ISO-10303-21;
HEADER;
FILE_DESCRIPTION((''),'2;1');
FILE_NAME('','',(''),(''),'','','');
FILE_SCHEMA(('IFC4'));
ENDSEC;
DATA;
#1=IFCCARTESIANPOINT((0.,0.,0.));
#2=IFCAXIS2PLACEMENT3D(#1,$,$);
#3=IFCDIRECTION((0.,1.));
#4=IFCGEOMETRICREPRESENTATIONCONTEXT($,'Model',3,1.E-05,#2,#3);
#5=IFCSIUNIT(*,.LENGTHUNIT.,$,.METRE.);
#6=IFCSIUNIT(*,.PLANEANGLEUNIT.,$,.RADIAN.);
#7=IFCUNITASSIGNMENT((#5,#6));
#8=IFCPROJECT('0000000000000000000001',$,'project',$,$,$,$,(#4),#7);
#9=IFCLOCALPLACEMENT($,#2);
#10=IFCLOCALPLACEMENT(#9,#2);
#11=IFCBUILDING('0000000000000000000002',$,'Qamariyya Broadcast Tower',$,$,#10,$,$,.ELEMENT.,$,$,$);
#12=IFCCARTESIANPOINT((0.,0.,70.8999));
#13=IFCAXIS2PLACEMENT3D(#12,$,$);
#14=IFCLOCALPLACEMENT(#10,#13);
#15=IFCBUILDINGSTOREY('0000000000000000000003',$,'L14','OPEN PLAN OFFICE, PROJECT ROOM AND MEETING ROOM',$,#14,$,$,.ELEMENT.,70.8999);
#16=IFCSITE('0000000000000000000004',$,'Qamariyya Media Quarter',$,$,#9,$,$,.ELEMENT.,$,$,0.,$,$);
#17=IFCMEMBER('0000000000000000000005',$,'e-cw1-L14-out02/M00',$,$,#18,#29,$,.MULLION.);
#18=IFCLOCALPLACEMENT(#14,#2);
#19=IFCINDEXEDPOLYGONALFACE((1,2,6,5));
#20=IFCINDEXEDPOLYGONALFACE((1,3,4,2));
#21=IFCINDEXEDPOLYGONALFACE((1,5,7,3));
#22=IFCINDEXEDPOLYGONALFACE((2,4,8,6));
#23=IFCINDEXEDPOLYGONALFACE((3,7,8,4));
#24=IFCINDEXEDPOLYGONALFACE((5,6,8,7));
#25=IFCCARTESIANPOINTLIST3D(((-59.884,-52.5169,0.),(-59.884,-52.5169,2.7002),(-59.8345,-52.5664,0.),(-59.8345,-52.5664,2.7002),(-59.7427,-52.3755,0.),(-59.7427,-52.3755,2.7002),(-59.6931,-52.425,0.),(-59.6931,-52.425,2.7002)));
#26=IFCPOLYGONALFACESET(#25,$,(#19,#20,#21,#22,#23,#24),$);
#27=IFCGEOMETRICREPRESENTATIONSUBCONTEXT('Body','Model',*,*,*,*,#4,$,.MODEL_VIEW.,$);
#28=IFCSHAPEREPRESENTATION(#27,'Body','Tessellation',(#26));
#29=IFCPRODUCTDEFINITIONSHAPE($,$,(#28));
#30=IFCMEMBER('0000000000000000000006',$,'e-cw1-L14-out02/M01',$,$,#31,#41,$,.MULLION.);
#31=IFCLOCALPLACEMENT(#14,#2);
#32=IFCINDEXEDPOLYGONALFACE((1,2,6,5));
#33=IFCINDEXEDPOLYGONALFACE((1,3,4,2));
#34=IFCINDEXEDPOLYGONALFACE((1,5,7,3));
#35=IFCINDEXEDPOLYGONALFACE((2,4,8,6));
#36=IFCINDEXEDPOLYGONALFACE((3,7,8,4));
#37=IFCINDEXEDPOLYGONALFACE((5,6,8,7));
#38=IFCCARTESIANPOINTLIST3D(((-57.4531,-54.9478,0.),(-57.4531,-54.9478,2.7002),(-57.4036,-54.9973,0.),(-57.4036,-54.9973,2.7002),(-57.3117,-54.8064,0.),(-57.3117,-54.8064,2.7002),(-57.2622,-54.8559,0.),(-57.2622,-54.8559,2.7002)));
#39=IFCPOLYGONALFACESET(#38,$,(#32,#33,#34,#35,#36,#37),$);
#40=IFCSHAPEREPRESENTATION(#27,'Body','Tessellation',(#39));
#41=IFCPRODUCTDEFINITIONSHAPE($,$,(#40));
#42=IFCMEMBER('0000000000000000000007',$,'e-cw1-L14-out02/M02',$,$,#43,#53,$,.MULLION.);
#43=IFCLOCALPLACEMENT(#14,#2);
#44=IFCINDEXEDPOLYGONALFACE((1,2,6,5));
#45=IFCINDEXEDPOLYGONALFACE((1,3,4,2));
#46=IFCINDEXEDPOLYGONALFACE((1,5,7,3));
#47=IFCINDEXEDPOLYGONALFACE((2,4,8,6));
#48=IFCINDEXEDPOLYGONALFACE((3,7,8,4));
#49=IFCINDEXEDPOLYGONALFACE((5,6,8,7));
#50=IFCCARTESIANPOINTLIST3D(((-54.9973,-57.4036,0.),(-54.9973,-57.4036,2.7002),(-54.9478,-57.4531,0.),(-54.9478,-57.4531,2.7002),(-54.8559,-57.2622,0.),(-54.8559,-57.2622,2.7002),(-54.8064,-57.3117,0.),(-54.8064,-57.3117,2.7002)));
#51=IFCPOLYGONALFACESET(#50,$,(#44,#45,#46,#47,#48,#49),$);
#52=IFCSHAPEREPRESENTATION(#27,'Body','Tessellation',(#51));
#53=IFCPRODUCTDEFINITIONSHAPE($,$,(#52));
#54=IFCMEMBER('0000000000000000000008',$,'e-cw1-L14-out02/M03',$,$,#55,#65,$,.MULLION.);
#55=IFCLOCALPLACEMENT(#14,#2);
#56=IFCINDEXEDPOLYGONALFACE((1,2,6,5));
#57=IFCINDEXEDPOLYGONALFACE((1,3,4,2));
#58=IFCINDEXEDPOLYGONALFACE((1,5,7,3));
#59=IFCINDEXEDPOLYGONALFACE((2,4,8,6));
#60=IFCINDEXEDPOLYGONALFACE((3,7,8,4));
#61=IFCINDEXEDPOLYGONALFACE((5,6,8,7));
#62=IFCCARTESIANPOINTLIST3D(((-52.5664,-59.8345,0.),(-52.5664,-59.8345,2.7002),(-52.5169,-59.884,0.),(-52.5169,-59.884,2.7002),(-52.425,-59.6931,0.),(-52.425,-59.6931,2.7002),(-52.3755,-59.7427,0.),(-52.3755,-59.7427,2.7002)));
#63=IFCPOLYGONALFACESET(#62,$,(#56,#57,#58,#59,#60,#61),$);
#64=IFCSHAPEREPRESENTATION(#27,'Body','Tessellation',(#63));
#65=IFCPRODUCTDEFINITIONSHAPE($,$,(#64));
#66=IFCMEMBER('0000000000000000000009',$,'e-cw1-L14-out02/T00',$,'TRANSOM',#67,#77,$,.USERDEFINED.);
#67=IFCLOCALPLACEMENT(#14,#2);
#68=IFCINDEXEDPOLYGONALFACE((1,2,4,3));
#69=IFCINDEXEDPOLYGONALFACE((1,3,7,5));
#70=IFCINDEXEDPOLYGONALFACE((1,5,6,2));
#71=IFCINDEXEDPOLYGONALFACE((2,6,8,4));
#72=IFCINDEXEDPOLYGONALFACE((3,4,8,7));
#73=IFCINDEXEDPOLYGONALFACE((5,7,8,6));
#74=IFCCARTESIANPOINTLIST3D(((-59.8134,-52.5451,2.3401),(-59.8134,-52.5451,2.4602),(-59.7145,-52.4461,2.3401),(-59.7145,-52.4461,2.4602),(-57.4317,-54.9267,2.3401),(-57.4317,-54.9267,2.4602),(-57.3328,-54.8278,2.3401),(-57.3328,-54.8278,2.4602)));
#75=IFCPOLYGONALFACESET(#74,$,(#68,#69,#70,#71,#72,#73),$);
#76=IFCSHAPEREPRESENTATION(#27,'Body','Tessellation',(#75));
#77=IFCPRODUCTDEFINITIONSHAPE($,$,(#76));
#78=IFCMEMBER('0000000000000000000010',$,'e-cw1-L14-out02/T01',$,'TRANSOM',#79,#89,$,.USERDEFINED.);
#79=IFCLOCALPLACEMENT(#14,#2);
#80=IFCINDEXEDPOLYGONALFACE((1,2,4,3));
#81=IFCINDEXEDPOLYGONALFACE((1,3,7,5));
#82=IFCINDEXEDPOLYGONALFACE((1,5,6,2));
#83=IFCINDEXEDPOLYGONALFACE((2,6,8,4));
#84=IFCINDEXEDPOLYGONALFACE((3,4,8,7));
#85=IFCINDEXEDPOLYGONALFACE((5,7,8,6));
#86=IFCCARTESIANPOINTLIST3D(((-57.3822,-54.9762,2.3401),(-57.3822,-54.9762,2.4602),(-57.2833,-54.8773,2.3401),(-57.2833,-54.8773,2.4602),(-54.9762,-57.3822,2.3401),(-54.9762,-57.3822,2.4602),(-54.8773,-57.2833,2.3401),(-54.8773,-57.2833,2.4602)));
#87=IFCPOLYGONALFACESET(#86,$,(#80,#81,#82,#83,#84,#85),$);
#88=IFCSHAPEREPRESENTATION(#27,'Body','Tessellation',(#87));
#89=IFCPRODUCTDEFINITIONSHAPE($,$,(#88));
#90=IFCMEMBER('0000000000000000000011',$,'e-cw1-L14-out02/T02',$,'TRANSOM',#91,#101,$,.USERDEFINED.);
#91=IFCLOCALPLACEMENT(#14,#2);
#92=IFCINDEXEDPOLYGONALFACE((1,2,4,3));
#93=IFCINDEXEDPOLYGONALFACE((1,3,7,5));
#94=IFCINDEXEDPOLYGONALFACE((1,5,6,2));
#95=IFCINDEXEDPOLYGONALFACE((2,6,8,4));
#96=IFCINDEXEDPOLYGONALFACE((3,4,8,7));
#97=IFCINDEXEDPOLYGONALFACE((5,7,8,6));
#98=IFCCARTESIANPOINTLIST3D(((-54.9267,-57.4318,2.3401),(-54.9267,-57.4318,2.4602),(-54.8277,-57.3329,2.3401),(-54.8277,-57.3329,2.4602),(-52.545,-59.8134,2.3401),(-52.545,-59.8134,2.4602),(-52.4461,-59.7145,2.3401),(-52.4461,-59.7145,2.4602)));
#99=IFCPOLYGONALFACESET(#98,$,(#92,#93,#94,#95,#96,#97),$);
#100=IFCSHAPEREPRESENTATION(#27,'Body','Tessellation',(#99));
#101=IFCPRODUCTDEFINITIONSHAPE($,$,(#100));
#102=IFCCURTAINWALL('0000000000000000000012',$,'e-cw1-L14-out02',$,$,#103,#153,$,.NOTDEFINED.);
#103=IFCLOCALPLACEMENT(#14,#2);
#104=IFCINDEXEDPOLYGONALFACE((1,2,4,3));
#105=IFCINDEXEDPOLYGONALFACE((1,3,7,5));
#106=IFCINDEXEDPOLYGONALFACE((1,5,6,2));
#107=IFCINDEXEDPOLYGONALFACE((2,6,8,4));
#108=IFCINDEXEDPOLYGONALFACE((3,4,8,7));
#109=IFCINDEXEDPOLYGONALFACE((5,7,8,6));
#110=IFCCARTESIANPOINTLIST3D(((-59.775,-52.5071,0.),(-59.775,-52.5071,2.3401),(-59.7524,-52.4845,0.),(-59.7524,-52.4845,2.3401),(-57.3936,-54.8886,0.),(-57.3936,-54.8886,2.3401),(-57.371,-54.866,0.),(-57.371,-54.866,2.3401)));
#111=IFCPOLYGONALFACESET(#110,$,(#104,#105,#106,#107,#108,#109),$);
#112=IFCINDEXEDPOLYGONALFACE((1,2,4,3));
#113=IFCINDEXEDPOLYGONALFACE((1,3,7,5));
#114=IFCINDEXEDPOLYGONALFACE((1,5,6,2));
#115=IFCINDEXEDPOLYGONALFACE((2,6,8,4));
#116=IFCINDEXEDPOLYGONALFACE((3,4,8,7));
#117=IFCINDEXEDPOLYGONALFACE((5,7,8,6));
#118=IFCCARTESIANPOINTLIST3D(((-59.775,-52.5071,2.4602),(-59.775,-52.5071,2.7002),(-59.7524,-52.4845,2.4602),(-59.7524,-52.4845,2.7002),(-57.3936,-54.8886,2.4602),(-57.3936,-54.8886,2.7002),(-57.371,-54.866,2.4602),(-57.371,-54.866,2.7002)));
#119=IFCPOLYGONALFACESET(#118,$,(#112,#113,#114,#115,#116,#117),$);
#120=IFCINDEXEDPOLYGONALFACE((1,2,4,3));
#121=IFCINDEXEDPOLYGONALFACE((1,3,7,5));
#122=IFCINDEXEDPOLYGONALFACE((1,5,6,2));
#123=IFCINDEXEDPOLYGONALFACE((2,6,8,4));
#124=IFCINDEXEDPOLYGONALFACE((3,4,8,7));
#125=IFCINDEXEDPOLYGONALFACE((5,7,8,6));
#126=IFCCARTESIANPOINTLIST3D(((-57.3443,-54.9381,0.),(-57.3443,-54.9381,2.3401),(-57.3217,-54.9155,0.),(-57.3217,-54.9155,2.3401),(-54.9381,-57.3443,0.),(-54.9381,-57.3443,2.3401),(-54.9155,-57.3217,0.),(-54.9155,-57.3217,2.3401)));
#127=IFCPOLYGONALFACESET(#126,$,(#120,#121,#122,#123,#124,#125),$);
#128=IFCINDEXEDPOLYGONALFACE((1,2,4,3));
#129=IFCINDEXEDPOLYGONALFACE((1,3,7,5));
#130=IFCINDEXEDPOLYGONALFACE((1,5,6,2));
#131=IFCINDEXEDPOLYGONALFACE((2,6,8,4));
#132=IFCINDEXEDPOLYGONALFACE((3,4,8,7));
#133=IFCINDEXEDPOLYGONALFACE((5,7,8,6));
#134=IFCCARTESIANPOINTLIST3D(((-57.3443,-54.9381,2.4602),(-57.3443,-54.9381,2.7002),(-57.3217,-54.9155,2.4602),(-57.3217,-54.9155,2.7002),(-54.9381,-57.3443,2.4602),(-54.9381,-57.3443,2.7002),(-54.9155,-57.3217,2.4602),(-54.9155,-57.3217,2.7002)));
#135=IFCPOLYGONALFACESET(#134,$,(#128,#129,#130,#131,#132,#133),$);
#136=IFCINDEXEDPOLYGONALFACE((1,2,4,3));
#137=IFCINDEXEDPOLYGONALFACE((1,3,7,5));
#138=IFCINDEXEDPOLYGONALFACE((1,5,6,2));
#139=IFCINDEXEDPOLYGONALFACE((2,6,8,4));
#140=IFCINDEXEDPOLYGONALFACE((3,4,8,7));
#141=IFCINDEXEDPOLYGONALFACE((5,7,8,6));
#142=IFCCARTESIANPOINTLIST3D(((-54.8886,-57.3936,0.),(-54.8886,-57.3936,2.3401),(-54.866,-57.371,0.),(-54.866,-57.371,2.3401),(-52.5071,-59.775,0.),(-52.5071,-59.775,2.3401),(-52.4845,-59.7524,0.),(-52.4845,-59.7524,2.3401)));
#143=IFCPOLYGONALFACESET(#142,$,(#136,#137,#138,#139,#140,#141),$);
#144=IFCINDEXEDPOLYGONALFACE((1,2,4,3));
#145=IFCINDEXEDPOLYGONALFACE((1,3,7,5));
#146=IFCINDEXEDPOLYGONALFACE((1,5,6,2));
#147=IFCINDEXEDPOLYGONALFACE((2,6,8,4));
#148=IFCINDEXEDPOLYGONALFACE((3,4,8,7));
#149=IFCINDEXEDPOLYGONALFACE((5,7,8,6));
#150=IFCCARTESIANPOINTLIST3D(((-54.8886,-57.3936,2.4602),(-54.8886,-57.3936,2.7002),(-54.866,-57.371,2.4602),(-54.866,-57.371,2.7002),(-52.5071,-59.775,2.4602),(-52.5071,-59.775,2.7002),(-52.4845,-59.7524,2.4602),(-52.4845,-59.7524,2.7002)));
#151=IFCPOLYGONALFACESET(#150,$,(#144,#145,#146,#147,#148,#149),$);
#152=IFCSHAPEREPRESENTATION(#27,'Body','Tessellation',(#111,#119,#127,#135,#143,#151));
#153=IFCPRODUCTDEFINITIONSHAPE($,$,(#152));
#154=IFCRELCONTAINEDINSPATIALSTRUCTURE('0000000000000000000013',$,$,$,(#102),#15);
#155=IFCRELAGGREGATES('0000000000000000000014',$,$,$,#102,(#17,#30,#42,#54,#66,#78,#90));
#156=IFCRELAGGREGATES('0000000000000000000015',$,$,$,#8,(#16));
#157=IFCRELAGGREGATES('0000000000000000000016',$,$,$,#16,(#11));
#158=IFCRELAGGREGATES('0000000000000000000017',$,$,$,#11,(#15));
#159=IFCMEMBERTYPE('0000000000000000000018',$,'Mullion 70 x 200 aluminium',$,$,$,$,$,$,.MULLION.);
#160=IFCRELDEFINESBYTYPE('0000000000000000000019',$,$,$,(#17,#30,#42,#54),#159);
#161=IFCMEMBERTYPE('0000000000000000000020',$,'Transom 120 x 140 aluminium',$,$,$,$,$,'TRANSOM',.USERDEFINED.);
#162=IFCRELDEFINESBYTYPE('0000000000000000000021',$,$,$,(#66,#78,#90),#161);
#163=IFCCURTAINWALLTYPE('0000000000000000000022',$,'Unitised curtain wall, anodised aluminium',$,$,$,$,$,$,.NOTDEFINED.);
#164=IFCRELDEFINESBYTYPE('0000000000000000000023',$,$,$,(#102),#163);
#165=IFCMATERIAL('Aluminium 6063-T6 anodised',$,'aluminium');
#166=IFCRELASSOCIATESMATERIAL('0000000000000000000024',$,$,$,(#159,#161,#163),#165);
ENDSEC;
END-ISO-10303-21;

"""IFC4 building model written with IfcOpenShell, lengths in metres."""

from ifc_helpers import new_model, si_unit, direction, frame, origin, origin_2d, place, context, subcontext, project, spatial, rectangle, extrude, material, material_profile, profile_set, type_object, element, aggregate, save


model = new_model("IFC4")

# Units and contexts
model_context = context("Model", 3, precision=1e-05, world=origin(), true_north=direction((0.0, 1.0)))
body_context = subcontext(model_context, "Body", "Model", "MODEL_VIEW")
ifc_project = project(units=[si_unit("LENGTHUNIT", "METRE"), si_unit("PLANEANGLEUNIT", "RADIAN")], contexts=[model_context])

# Members
ifc_material_1 = material(Name="Aluminium 6063-T6 anodised", Category="aluminium")
ifc_material_profile_1 = material_profile(ifc_material_1, rectangle(XDim=0.2, YDim=0.0701, at=origin_2d()))
ifc_profile_set_1 = profile_set([ifc_material_profile_1], Name="Aluminium 6063-T6 anodised")
member_type_1 = type_object("IfcMemberType", Name="Mullion 70 x 200 aluminium", PredefinedType="MULLION", material=ifc_profile_set_1)
site_placement = place(None, origin())
building_placement = place(site_placement, origin())
storey_placement = place(building_placement, frame((0.0, 0.0, 70.8999)))
member_1_placement = place(storey_placement, frame((-59.7886, -52.4709, 0.0), z_axis=(0.0, 0.0, 1.0), x_axis=(0.707107, 0.707107, 0.0)))
member_1 = element("IfcMember", 1, at=member_1_placement, type_object=member_type_1, Name="e-cw1-L14-out02/M00", PredefinedType="MULLION", context=body_context, shape_type="SweptSolid", body=[
    extrude(rectangle(XDim=0.2, YDim=0.0701, at=origin_2d()), origin(), (0.0, 0.0, 1.0), 2.7002),
])
member_2_placement = place(storey_placement, frame((-57.3577, -54.9019, 0.0), z_axis=(0.0, 0.0, 1.0), x_axis=(0.707107, 0.707107, 0.0)))
member_2 = element("IfcMember", 2, at=member_2_placement, type_object=member_type_1, Name="e-cw1-L14-out02/M01", PredefinedType="MULLION", context=body_context, shape_type="SweptSolid", body=[
    extrude(rectangle(XDim=0.2, YDim=0.0701, at=origin_2d()), origin(), (0.0, 0.0, 1.0), 2.7002),
])
member_3_placement = place(storey_placement, frame((-54.9019, -57.3577, 0.0), z_axis=(0.0, 0.0, 1.0), x_axis=(0.707107, 0.707107, 0.0)))
member_3 = element("IfcMember", 3, at=member_3_placement, type_object=member_type_1, Name="e-cw1-L14-out02/M02", PredefinedType="MULLION", context=body_context, shape_type="SweptSolid", body=[
    extrude(rectangle(XDim=0.2, YDim=0.0701, at=origin_2d()), origin(), (0.0, 0.0, 1.0), 2.7002),
])
member_4_placement = place(storey_placement, frame((-52.4709, -59.7886, 0.0), z_axis=(0.0, 0.0, 1.0), x_axis=(0.707107, 0.707107, 0.0)))
member_4 = element("IfcMember", 4, at=member_4_placement, type_object=member_type_1, Name="e-cw1-L14-out02/M03", PredefinedType="MULLION", context=body_context, shape_type="SweptSolid", body=[
    extrude(rectangle(XDim=0.2, YDim=0.0701, at=origin_2d()), origin(), (0.0, 0.0, 1.0), 2.7002),
])
ifc_material_profile_2 = material_profile(ifc_material_1, rectangle(XDim=0.1399, YDim=0.1201, at=origin_2d()))
ifc_profile_set_2 = profile_set([ifc_material_profile_2], Name="Aluminium 6063-T6 anodised")
member_type_2 = type_object("IfcMemberType", Name="Transom 120 x 140 aluminium", ElementType="TRANSOM", PredefinedType="USERDEFINED", material=ifc_profile_set_2)
member_5_placement = place(storey_placement, frame((-59.7639, -52.4956, 2.4001), z_axis=(0.707107, -0.707107, 0.0), x_axis=(0.707107, 0.707107, 0.0)))
member_5 = element("IfcMember", 5, at=member_5_placement, type_object=member_type_2, Name="e-cw1-L14-out02/T00", ObjectType="TRANSOM", PredefinedType="USERDEFINED", context=body_context, shape_type="SweptSolid", body=[
    extrude(rectangle(XDim=0.1399, YDim=0.1201, at=origin_2d()), origin(), (0.0, 0.0, 1.0), 3.3682),
])
member_6_placement = place(storey_placement, frame((-57.3328, -54.9268, 2.4001), z_axis=(0.707107, -0.707107, 0.0), x_axis=(0.707107, 0.707107, 0.0)))
member_6 = element("IfcMember", 6, at=member_6_placement, type_object=member_type_2, Name="e-cw1-L14-out02/T01", ObjectType="TRANSOM", PredefinedType="USERDEFINED", context=body_context, shape_type="SweptSolid", body=[
    extrude(rectangle(XDim=0.1399, YDim=0.1201, at=origin_2d()), origin(), (0.0, 0.0, 1.0), 3.4026),
])
member_7_placement = place(storey_placement, frame((-54.8772, -57.3823, 2.4001), z_axis=(0.707107, -0.707107, 0.0), x_axis=(0.707107, 0.707107, 0.0)))
member_7 = element("IfcMember", 7, at=member_7_placement, type_object=member_type_2, Name="e-cw1-L14-out02/T02", ObjectType="TRANSOM", PredefinedType="USERDEFINED", context=body_context, shape_type="SweptSolid", body=[
    extrude(rectangle(XDim=0.1399, YDim=0.1201, at=origin_2d()), origin(), (0.0, 0.0, 1.0), 3.3682),
])

# Site, building, storey
site = spatial("IfcSite", under=ifc_project, at=site_placement, Name="Qamariyya Media Quarter", CompositionType="ELEMENT", RefElevation=0.0)
building = spatial("IfcBuilding", under=site, at=building_placement, Name="Qamariyya Broadcast Tower", CompositionType="ELEMENT")
storey = spatial("IfcBuildingStorey", under=building, at=storey_placement, Name="L14", Description="OPEN PLAN OFFICE, PROJECT ROOM AND MEETING ROOM", CompositionType="ELEMENT", Elevation=70.8999)

# Curtain wall
curtain_wall_type = type_object("IfcCurtainWallType", Name="Unitised curtain wall, anodised aluminium", PredefinedType="NOTDEFINED", material=ifc_material_1)
curtain_wall_1_placement = place(storey_placement, origin())
curtain_wall_1 = element("IfcCurtainWall", 8, at=curtain_wall_1_placement, inside=storey, type_object=curtain_wall_type, Name="e-cw1-L14-out02", PredefinedType="NOTDEFINED", context=body_context, shape_type="SweptSolid", body=[
    extrude(rectangle(XDim=3.3679, YDim=0.032, at=origin_2d()), frame((-58.573, -53.6865, 0.0), x_axis=(0.707107, -0.707107, 0.0)), (0.0, 0.0, 1.0), 2.3401),
    extrude(rectangle(XDim=3.3679, YDim=0.032, at=origin_2d()), frame((-58.573, -53.6865, 2.4602), x_axis=(0.707107, -0.707107, 0.0)), (0.0, 0.0, 1.0), 0.24),
    extrude(rectangle(XDim=3.4028, YDim=0.032, at=origin_2d()), frame((-56.1299, -56.1299, 0.0), x_axis=(0.707107, -0.707107, 0.0)), (0.0, 0.0, 1.0), 2.3401),
    extrude(rectangle(XDim=3.4028, YDim=0.032, at=origin_2d()), frame((-56.1299, -56.1299, 2.4602), x_axis=(0.707107, -0.707107, 0.0)), (0.0, 0.0, 1.0), 0.24),
    extrude(rectangle(XDim=3.3679, YDim=0.032, at=origin_2d()), frame((-53.6865, -58.573, 0.0), x_axis=(0.707107, -0.707107, 0.0)), (0.0, 0.0, 1.0), 2.3401),
    extrude(rectangle(XDim=3.3679, YDim=0.032, at=origin_2d()), frame((-53.6865, -58.573, 2.4602), x_axis=(0.707107, -0.707107, 0.0)), (0.0, 0.0, 1.0), 0.24),
])
aggregate(curtain_wall_1, [member_1, member_2, member_3, member_4, member_5, member_6, member_7])

save(model, "model.ifc")
